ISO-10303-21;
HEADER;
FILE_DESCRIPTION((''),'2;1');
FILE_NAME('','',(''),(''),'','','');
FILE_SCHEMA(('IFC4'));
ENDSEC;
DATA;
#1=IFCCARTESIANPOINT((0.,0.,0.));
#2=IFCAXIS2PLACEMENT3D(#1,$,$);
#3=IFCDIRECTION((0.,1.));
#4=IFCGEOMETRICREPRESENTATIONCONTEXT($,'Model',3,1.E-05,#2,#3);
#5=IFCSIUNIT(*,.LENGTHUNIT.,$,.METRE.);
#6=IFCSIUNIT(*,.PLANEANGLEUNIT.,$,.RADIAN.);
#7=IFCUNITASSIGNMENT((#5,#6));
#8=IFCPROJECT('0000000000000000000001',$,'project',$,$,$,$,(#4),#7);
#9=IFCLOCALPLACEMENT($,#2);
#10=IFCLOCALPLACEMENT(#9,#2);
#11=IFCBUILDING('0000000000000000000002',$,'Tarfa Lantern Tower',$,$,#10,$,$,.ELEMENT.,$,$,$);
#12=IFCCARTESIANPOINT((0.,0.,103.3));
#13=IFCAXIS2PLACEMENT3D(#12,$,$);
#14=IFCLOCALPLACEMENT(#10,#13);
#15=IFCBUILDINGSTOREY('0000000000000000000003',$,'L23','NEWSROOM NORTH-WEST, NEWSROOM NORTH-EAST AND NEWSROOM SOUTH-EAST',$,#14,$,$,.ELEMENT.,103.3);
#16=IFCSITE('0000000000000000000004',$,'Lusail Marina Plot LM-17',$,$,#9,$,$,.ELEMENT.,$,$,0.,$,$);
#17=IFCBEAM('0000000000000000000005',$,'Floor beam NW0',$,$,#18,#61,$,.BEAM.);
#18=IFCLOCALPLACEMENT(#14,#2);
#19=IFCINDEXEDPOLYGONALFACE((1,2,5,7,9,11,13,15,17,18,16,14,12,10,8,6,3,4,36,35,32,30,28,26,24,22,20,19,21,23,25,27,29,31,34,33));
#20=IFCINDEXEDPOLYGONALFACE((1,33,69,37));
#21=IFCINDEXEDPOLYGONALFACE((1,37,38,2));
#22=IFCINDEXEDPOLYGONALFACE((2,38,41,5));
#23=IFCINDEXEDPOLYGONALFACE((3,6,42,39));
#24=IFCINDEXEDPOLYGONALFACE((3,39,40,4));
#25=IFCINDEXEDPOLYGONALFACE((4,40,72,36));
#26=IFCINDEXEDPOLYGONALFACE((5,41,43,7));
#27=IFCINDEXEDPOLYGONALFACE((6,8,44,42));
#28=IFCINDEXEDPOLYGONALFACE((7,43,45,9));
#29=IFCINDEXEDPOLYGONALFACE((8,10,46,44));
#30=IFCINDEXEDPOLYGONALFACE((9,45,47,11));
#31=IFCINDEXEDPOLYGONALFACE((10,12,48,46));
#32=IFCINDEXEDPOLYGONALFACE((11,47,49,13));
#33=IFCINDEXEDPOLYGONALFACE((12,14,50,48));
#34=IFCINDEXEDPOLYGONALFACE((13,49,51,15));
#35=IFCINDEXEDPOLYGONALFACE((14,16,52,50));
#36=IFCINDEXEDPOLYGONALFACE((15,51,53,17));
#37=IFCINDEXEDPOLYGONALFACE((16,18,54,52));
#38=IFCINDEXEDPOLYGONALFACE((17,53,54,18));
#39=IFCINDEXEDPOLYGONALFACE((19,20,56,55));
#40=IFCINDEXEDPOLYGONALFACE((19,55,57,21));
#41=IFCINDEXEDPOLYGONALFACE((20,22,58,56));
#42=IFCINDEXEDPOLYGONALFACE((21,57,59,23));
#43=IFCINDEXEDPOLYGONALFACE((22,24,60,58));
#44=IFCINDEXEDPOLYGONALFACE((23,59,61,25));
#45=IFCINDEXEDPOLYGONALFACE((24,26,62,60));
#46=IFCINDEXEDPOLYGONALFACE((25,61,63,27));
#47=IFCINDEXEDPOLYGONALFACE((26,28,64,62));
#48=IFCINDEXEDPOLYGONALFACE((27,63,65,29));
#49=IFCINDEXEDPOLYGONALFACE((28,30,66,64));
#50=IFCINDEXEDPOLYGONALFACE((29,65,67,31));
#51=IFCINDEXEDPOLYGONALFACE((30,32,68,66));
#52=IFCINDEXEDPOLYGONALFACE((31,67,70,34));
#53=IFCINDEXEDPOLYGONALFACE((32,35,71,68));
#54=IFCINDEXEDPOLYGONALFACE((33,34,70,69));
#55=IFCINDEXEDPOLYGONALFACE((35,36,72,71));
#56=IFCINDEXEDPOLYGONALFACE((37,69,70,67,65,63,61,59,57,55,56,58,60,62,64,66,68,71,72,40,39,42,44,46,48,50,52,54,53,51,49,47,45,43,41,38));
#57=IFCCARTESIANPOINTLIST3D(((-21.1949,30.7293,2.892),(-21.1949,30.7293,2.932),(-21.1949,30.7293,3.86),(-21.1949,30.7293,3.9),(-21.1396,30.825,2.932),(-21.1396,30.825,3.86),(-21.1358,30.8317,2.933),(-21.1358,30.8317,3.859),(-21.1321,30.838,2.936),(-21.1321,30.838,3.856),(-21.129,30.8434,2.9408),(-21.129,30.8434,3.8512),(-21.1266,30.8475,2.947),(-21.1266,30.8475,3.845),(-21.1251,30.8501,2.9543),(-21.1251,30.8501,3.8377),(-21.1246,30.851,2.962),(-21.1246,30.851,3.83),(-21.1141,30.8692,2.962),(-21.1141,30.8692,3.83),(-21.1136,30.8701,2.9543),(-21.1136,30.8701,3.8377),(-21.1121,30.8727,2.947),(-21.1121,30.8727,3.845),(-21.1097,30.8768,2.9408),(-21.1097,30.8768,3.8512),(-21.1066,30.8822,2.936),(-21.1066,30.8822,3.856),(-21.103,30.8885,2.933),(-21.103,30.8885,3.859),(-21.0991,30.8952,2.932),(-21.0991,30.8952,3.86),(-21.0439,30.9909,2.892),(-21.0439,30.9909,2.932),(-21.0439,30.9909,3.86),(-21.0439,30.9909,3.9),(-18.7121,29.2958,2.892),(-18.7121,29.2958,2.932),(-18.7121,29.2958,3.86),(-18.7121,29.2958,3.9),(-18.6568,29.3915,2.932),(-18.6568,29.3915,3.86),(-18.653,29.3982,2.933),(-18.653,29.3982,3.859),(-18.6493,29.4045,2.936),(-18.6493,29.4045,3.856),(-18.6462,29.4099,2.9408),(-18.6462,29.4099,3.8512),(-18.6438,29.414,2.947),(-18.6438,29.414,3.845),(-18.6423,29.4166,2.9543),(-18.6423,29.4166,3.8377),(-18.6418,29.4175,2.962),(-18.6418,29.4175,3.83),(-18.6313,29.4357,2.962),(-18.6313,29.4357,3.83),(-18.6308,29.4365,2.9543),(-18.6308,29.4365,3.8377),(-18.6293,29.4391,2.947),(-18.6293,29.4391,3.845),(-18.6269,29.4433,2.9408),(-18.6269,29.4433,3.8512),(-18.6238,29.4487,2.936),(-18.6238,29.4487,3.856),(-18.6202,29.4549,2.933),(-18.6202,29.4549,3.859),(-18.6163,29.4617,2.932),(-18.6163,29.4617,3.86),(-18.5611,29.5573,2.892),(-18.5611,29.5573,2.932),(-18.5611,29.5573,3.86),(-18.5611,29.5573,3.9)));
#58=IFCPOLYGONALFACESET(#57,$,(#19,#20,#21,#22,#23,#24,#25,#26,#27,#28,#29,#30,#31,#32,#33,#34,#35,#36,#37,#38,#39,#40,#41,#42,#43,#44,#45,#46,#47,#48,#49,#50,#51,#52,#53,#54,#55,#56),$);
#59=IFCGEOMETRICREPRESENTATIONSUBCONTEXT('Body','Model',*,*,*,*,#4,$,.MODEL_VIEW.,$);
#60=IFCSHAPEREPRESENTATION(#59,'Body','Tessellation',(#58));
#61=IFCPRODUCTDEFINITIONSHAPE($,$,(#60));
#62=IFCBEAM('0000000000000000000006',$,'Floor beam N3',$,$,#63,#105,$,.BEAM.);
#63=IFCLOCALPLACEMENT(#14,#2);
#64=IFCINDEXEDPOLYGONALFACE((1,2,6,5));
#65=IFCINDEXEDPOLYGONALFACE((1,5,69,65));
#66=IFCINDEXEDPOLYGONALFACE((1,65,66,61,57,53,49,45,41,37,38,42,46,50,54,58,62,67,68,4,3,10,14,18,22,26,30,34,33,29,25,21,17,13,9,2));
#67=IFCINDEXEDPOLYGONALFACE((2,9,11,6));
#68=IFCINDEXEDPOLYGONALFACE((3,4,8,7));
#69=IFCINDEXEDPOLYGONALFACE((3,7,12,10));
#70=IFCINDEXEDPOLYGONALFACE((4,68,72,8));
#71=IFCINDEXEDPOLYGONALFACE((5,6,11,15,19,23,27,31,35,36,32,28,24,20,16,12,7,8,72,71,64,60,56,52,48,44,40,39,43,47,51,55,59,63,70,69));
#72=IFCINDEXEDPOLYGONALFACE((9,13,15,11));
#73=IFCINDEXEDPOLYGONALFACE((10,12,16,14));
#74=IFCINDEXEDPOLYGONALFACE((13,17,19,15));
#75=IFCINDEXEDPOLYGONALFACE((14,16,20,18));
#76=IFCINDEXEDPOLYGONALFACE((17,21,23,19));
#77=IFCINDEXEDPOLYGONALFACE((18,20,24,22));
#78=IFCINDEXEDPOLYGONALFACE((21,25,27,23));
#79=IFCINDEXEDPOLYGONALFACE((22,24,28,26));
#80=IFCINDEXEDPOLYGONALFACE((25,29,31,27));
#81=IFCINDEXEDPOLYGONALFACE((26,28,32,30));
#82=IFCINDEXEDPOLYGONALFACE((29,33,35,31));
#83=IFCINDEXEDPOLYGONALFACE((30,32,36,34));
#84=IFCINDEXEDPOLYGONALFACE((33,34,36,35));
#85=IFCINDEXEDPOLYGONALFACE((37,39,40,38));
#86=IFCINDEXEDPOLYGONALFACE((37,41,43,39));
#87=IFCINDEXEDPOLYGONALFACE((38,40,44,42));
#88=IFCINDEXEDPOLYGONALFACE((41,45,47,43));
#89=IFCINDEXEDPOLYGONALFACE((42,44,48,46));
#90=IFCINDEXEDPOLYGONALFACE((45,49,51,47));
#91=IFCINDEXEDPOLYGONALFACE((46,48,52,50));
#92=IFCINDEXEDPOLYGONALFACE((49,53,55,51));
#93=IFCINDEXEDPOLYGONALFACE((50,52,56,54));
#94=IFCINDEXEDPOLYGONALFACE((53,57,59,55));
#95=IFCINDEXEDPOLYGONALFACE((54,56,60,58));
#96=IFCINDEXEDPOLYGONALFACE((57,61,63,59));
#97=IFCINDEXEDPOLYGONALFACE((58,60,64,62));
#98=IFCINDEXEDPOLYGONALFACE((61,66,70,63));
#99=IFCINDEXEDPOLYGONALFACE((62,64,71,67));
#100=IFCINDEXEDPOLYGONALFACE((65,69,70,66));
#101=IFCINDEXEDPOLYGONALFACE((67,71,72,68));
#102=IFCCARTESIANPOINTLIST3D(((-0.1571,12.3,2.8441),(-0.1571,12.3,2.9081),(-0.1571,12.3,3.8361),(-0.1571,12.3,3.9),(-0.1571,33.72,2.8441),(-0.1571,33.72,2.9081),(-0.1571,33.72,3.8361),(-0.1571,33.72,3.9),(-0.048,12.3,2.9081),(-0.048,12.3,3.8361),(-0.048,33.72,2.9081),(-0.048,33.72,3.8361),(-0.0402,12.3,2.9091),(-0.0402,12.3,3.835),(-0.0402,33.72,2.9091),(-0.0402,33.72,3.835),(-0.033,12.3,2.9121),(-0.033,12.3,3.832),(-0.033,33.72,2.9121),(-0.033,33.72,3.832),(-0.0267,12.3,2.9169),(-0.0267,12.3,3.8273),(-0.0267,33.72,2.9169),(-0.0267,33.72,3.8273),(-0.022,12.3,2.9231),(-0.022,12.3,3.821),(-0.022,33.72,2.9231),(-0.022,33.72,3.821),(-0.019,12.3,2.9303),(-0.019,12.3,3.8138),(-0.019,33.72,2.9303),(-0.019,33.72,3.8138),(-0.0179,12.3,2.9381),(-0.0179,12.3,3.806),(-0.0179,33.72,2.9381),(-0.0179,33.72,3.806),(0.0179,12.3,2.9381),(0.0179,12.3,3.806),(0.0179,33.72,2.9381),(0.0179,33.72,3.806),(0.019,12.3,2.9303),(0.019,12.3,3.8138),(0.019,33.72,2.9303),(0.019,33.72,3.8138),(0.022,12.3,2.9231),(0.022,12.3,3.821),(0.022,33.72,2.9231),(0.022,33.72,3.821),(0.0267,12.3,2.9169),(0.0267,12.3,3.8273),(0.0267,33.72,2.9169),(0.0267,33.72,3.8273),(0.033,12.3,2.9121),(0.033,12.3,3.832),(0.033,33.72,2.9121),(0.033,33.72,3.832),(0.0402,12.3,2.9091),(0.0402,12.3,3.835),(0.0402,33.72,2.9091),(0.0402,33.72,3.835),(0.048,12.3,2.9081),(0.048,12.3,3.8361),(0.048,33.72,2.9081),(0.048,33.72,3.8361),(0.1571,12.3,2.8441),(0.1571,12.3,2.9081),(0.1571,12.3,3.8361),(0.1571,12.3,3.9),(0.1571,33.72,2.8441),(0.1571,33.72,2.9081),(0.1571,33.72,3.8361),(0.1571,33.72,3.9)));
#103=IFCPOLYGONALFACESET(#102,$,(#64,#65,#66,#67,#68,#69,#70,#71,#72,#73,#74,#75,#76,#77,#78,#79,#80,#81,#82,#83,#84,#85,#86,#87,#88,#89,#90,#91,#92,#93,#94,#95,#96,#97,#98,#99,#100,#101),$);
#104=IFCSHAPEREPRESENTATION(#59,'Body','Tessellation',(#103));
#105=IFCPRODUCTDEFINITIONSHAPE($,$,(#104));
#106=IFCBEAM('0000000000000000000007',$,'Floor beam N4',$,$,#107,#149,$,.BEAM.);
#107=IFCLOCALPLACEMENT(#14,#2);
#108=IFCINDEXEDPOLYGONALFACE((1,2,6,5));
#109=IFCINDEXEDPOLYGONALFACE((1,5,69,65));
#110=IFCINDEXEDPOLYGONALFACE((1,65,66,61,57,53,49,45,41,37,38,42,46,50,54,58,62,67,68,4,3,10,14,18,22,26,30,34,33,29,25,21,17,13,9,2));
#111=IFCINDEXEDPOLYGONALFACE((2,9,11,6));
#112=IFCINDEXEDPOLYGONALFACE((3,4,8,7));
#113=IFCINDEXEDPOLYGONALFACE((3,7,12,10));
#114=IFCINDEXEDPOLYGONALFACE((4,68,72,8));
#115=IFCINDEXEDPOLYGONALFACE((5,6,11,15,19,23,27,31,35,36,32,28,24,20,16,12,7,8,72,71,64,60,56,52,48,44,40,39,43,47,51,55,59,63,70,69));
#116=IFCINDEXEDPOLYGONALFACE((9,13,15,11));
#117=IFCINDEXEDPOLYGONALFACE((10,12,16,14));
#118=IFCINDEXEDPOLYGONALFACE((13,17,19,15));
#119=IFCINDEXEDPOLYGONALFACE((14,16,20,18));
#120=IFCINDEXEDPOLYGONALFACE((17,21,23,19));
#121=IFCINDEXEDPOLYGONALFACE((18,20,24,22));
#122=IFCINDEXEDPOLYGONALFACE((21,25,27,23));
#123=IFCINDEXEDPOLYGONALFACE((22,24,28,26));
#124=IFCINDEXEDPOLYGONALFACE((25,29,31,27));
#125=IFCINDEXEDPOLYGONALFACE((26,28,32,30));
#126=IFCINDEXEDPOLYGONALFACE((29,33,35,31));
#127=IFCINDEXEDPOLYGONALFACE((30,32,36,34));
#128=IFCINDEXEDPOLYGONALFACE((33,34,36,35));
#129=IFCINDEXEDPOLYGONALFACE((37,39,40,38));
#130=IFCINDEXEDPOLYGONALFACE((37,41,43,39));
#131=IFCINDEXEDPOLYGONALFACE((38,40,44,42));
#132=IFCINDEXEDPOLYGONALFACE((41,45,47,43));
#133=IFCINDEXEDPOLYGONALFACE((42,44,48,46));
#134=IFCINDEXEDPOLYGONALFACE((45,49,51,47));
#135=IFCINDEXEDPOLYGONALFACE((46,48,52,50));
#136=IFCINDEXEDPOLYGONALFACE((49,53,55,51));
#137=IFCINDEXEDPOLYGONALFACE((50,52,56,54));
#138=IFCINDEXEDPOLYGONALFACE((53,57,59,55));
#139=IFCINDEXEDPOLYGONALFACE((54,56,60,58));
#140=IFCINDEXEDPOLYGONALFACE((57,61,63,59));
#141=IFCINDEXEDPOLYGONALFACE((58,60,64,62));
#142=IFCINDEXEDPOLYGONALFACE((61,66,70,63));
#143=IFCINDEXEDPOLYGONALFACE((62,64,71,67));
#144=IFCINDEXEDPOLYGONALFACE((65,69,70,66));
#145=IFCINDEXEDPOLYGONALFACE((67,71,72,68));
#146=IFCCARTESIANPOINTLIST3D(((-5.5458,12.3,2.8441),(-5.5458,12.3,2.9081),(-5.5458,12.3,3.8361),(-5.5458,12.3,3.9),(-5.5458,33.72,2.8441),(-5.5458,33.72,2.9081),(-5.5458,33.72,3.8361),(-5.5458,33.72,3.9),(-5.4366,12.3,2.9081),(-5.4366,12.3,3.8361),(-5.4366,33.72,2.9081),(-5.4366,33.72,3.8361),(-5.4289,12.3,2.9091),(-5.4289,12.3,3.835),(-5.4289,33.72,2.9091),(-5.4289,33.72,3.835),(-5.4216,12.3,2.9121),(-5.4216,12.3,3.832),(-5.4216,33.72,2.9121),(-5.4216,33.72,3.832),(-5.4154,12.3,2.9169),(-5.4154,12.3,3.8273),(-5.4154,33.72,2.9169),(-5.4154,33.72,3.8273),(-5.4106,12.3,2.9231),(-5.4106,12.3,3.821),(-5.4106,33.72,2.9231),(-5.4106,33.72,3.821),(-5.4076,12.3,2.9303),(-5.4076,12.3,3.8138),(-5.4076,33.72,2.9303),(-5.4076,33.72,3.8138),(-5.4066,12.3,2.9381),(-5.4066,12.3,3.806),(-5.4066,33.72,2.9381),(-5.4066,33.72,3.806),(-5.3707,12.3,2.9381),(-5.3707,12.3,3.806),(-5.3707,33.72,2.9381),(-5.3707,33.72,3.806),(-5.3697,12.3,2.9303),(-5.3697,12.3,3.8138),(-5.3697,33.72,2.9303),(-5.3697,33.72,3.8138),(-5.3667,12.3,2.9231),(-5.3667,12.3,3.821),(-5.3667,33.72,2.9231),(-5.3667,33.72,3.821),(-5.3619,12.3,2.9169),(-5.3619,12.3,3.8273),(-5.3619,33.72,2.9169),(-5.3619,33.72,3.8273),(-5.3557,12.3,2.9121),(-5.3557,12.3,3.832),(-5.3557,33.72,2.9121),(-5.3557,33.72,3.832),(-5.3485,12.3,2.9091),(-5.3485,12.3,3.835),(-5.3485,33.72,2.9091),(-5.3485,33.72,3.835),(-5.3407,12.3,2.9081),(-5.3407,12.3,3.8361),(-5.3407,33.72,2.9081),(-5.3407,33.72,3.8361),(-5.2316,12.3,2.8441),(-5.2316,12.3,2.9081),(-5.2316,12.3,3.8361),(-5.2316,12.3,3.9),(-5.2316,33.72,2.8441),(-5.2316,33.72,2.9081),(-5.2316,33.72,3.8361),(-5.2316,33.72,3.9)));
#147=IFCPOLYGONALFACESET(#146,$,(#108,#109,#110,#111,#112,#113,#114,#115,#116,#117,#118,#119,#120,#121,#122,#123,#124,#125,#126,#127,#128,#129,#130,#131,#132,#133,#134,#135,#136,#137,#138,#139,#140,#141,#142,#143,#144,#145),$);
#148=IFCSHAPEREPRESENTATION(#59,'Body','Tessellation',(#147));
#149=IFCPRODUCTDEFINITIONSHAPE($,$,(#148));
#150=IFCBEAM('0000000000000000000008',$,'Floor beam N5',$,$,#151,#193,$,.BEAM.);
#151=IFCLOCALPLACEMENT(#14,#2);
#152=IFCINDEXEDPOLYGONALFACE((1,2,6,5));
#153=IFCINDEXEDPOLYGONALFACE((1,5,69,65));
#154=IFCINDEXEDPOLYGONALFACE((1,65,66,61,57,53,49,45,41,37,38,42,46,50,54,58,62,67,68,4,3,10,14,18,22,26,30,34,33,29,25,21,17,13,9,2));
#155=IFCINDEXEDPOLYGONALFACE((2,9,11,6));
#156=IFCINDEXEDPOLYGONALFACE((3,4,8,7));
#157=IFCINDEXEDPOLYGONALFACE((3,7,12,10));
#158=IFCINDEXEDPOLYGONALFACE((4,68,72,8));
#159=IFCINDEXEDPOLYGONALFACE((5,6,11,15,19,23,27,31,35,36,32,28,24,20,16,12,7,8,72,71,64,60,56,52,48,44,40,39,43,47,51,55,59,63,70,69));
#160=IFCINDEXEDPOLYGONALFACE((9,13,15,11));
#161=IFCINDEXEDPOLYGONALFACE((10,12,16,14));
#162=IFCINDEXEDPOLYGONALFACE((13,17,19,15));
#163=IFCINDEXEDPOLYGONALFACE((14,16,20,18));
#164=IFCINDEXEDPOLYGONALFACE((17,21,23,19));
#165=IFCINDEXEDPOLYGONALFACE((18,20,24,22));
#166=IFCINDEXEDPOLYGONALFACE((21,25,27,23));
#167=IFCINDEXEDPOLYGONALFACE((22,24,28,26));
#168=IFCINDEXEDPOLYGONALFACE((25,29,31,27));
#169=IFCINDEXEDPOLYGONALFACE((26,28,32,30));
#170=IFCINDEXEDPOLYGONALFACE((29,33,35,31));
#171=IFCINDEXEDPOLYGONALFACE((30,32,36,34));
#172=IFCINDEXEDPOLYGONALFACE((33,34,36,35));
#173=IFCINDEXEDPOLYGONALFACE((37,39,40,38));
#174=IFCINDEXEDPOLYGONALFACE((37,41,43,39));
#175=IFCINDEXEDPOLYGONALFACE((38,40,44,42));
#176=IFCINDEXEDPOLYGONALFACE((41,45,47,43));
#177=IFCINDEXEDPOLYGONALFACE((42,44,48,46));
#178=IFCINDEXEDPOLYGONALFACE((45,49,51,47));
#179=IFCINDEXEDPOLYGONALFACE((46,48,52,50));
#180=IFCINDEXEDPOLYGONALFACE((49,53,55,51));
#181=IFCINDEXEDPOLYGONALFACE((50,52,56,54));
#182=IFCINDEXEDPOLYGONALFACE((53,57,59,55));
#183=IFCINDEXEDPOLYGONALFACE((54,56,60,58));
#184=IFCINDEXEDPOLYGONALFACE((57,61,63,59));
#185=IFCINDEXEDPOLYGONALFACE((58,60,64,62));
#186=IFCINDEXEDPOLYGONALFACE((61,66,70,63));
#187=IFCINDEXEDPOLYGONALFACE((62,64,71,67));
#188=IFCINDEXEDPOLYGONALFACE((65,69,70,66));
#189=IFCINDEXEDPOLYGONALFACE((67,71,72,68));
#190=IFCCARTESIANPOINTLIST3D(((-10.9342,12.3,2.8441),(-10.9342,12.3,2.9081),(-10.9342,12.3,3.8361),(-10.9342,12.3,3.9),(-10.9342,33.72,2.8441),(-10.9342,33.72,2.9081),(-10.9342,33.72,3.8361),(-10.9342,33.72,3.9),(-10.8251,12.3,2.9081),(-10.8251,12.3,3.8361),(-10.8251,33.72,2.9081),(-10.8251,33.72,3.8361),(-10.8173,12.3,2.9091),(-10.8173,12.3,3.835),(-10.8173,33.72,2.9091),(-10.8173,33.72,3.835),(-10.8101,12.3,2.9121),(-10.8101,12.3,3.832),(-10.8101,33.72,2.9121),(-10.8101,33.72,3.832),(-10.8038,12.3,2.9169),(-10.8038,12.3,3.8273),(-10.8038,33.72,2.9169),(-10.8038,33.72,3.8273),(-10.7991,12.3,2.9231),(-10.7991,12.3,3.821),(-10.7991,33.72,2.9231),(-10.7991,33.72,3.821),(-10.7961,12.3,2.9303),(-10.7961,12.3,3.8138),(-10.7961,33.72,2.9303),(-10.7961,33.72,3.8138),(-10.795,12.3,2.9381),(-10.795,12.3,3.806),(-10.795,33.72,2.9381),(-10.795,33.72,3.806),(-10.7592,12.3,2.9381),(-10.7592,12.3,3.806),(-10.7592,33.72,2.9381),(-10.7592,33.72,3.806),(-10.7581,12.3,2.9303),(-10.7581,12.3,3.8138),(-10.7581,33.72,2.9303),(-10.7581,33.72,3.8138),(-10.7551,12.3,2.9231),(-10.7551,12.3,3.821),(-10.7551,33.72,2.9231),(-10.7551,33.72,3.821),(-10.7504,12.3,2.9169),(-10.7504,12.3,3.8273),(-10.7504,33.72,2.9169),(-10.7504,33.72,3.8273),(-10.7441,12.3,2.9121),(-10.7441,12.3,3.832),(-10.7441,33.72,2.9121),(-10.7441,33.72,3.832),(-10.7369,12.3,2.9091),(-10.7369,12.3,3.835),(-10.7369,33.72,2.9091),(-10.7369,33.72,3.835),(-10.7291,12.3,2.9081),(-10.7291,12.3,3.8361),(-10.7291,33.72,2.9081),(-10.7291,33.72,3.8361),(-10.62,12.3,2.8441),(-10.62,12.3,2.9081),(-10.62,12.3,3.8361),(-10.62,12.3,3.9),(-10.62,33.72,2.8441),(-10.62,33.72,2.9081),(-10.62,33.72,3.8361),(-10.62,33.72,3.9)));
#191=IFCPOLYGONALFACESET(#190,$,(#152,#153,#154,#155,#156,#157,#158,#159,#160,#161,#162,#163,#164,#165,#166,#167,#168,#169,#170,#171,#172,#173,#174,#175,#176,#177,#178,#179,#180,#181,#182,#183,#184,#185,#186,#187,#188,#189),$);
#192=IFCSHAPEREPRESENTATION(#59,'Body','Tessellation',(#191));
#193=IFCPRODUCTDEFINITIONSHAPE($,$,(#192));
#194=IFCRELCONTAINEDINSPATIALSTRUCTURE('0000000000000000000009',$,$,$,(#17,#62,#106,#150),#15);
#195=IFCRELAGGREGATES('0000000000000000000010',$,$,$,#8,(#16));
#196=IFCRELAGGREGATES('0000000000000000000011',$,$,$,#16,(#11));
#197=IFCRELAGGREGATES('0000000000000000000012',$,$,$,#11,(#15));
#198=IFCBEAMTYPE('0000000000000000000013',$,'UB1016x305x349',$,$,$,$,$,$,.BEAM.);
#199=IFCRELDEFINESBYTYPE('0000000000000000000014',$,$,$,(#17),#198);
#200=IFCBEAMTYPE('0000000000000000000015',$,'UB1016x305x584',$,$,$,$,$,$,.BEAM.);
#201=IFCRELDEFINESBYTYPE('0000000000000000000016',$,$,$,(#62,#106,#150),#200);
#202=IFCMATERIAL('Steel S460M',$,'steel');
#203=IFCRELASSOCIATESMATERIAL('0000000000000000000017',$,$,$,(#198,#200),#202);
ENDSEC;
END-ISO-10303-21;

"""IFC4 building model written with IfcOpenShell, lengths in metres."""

from ifc_helpers import new_model, si_unit, direction, frame, origin, origin_2d, place, context, subcontext, project, spatial, i_section, extrude, material, material_profile, profile_set, type_object, element, save


model = new_model("IFC4")

# Units and contexts
model_context = context("Model", 3, precision=1e-05, world=origin(), true_north=direction((0.0, 1.0)))
body_context = subcontext(model_context, "Body", "Model", "MODEL_VIEW")
ifc_project = project(units=[si_unit("LENGTHUNIT", "METRE"), si_unit("PLANEANGLEUNIT", "RADIAN")], contexts=[model_context])

# Site, building, storey
site_placement = place(None, origin())
site = spatial("IfcSite", under=ifc_project, at=site_placement, Name="Lusail Marina Plot LM-17", CompositionType="ELEMENT", RefElevation=0.0)
building_placement = place(site_placement, origin())
building = spatial("IfcBuilding", under=site, at=building_placement, Name="Tarfa Lantern Tower", CompositionType="ELEMENT")
storey_placement = place(building_placement, frame((0.0, 0.0, 103.3)))
storey = spatial("IfcBuildingStorey", under=building, at=storey_placement, Name="L23", Description="NEWSROOM NORTH-WEST, NEWSROOM NORTH-EAST AND NEWSROOM SOUTH-EAST", CompositionType="ELEMENT", Elevation=103.3)

# Beams
ifc_material_1 = material(Name="Steel S460M", Category="steel")
ifc_material_profile_1 = material_profile(ifc_material_1, i_section(OverallWidth=0.302, OverallDepth=1.0081, WebThickness=0.021, FlangeThickness=0.04, FilletRadius=0.03, at=origin_2d()), Name="UB1016x305x349")
ifc_profile_set_1 = profile_set([ifc_material_profile_1], Name="Steel S460M")
beam_type_1 = type_object("IfcBeamType", Name="UB1016x305x349", PredefinedType="BEAM", material=ifc_profile_set_1)
beam_1_placement = place(storey_placement, frame((-21.1194, 30.8601, 3.396), z_axis=(0.866013, -0.500022, 0.0), x_axis=(0.500022, 0.866013, 0.0)))
element("IfcBeam", 1, at=beam_1_placement, inside=storey, type_object=beam_type_1, Name="Floor beam NW0", PredefinedType="BEAM", context=body_context, shape_type="SweptSolid", body=[
    extrude(i_section(OverallWidth=0.302, OverallDepth=1.0081, WebThickness=0.021, FlangeThickness=0.04, FilletRadius=0.03, at=origin_2d()), origin(), (0.0, 0.0, 1.0), 2.8669),
])
ifc_material_profile_2 = material_profile(ifc_material_1, i_section(OverallWidth=0.3142, OverallDepth=1.0559, WebThickness=0.0359, FlangeThickness=0.064, FilletRadius=0.03, at=origin_2d()), Name="UB1016x305x584")
ifc_profile_set_2 = profile_set([ifc_material_profile_2], Name="Steel S460M")
beam_type_2 = type_object("IfcBeamType", Name="UB1016x305x584", PredefinedType="BEAM", material=ifc_profile_set_2)
for number, where, z_axis, x_axis, name in (
    (2, (0.0, 33.72, 3.3721), (0.0, -1.0, 0.0), (1.0, 0.0, 0.0), "Floor beam N3"),
    (3, (-5.3887, 33.72, 3.3721), (0.0, -1.0, 0.0), (1.0, 0.0, 0.0), "Floor beam N4"),
    (4, (-10.7771, 33.72, 3.3721), (0.0, -1.0, 0.0), (1.0, 0.0, 0.0), "Floor beam N5"),
):
    element("IfcBeam", number, at=place(storey_placement, frame(where, z_axis=z_axis, x_axis=x_axis)), inside=storey, type_object=beam_type_2, Name=name, PredefinedType="BEAM", context=body_context, shape_type="SweptSolid", body=[
        extrude(i_section(OverallWidth=0.3142, OverallDepth=1.0559, WebThickness=0.0359, FlangeThickness=0.064, FilletRadius=0.03, at=origin_2d()), origin(), (0.0, 0.0, 1.0), 21.4199),
    ])

save(model, "model.ifc")
